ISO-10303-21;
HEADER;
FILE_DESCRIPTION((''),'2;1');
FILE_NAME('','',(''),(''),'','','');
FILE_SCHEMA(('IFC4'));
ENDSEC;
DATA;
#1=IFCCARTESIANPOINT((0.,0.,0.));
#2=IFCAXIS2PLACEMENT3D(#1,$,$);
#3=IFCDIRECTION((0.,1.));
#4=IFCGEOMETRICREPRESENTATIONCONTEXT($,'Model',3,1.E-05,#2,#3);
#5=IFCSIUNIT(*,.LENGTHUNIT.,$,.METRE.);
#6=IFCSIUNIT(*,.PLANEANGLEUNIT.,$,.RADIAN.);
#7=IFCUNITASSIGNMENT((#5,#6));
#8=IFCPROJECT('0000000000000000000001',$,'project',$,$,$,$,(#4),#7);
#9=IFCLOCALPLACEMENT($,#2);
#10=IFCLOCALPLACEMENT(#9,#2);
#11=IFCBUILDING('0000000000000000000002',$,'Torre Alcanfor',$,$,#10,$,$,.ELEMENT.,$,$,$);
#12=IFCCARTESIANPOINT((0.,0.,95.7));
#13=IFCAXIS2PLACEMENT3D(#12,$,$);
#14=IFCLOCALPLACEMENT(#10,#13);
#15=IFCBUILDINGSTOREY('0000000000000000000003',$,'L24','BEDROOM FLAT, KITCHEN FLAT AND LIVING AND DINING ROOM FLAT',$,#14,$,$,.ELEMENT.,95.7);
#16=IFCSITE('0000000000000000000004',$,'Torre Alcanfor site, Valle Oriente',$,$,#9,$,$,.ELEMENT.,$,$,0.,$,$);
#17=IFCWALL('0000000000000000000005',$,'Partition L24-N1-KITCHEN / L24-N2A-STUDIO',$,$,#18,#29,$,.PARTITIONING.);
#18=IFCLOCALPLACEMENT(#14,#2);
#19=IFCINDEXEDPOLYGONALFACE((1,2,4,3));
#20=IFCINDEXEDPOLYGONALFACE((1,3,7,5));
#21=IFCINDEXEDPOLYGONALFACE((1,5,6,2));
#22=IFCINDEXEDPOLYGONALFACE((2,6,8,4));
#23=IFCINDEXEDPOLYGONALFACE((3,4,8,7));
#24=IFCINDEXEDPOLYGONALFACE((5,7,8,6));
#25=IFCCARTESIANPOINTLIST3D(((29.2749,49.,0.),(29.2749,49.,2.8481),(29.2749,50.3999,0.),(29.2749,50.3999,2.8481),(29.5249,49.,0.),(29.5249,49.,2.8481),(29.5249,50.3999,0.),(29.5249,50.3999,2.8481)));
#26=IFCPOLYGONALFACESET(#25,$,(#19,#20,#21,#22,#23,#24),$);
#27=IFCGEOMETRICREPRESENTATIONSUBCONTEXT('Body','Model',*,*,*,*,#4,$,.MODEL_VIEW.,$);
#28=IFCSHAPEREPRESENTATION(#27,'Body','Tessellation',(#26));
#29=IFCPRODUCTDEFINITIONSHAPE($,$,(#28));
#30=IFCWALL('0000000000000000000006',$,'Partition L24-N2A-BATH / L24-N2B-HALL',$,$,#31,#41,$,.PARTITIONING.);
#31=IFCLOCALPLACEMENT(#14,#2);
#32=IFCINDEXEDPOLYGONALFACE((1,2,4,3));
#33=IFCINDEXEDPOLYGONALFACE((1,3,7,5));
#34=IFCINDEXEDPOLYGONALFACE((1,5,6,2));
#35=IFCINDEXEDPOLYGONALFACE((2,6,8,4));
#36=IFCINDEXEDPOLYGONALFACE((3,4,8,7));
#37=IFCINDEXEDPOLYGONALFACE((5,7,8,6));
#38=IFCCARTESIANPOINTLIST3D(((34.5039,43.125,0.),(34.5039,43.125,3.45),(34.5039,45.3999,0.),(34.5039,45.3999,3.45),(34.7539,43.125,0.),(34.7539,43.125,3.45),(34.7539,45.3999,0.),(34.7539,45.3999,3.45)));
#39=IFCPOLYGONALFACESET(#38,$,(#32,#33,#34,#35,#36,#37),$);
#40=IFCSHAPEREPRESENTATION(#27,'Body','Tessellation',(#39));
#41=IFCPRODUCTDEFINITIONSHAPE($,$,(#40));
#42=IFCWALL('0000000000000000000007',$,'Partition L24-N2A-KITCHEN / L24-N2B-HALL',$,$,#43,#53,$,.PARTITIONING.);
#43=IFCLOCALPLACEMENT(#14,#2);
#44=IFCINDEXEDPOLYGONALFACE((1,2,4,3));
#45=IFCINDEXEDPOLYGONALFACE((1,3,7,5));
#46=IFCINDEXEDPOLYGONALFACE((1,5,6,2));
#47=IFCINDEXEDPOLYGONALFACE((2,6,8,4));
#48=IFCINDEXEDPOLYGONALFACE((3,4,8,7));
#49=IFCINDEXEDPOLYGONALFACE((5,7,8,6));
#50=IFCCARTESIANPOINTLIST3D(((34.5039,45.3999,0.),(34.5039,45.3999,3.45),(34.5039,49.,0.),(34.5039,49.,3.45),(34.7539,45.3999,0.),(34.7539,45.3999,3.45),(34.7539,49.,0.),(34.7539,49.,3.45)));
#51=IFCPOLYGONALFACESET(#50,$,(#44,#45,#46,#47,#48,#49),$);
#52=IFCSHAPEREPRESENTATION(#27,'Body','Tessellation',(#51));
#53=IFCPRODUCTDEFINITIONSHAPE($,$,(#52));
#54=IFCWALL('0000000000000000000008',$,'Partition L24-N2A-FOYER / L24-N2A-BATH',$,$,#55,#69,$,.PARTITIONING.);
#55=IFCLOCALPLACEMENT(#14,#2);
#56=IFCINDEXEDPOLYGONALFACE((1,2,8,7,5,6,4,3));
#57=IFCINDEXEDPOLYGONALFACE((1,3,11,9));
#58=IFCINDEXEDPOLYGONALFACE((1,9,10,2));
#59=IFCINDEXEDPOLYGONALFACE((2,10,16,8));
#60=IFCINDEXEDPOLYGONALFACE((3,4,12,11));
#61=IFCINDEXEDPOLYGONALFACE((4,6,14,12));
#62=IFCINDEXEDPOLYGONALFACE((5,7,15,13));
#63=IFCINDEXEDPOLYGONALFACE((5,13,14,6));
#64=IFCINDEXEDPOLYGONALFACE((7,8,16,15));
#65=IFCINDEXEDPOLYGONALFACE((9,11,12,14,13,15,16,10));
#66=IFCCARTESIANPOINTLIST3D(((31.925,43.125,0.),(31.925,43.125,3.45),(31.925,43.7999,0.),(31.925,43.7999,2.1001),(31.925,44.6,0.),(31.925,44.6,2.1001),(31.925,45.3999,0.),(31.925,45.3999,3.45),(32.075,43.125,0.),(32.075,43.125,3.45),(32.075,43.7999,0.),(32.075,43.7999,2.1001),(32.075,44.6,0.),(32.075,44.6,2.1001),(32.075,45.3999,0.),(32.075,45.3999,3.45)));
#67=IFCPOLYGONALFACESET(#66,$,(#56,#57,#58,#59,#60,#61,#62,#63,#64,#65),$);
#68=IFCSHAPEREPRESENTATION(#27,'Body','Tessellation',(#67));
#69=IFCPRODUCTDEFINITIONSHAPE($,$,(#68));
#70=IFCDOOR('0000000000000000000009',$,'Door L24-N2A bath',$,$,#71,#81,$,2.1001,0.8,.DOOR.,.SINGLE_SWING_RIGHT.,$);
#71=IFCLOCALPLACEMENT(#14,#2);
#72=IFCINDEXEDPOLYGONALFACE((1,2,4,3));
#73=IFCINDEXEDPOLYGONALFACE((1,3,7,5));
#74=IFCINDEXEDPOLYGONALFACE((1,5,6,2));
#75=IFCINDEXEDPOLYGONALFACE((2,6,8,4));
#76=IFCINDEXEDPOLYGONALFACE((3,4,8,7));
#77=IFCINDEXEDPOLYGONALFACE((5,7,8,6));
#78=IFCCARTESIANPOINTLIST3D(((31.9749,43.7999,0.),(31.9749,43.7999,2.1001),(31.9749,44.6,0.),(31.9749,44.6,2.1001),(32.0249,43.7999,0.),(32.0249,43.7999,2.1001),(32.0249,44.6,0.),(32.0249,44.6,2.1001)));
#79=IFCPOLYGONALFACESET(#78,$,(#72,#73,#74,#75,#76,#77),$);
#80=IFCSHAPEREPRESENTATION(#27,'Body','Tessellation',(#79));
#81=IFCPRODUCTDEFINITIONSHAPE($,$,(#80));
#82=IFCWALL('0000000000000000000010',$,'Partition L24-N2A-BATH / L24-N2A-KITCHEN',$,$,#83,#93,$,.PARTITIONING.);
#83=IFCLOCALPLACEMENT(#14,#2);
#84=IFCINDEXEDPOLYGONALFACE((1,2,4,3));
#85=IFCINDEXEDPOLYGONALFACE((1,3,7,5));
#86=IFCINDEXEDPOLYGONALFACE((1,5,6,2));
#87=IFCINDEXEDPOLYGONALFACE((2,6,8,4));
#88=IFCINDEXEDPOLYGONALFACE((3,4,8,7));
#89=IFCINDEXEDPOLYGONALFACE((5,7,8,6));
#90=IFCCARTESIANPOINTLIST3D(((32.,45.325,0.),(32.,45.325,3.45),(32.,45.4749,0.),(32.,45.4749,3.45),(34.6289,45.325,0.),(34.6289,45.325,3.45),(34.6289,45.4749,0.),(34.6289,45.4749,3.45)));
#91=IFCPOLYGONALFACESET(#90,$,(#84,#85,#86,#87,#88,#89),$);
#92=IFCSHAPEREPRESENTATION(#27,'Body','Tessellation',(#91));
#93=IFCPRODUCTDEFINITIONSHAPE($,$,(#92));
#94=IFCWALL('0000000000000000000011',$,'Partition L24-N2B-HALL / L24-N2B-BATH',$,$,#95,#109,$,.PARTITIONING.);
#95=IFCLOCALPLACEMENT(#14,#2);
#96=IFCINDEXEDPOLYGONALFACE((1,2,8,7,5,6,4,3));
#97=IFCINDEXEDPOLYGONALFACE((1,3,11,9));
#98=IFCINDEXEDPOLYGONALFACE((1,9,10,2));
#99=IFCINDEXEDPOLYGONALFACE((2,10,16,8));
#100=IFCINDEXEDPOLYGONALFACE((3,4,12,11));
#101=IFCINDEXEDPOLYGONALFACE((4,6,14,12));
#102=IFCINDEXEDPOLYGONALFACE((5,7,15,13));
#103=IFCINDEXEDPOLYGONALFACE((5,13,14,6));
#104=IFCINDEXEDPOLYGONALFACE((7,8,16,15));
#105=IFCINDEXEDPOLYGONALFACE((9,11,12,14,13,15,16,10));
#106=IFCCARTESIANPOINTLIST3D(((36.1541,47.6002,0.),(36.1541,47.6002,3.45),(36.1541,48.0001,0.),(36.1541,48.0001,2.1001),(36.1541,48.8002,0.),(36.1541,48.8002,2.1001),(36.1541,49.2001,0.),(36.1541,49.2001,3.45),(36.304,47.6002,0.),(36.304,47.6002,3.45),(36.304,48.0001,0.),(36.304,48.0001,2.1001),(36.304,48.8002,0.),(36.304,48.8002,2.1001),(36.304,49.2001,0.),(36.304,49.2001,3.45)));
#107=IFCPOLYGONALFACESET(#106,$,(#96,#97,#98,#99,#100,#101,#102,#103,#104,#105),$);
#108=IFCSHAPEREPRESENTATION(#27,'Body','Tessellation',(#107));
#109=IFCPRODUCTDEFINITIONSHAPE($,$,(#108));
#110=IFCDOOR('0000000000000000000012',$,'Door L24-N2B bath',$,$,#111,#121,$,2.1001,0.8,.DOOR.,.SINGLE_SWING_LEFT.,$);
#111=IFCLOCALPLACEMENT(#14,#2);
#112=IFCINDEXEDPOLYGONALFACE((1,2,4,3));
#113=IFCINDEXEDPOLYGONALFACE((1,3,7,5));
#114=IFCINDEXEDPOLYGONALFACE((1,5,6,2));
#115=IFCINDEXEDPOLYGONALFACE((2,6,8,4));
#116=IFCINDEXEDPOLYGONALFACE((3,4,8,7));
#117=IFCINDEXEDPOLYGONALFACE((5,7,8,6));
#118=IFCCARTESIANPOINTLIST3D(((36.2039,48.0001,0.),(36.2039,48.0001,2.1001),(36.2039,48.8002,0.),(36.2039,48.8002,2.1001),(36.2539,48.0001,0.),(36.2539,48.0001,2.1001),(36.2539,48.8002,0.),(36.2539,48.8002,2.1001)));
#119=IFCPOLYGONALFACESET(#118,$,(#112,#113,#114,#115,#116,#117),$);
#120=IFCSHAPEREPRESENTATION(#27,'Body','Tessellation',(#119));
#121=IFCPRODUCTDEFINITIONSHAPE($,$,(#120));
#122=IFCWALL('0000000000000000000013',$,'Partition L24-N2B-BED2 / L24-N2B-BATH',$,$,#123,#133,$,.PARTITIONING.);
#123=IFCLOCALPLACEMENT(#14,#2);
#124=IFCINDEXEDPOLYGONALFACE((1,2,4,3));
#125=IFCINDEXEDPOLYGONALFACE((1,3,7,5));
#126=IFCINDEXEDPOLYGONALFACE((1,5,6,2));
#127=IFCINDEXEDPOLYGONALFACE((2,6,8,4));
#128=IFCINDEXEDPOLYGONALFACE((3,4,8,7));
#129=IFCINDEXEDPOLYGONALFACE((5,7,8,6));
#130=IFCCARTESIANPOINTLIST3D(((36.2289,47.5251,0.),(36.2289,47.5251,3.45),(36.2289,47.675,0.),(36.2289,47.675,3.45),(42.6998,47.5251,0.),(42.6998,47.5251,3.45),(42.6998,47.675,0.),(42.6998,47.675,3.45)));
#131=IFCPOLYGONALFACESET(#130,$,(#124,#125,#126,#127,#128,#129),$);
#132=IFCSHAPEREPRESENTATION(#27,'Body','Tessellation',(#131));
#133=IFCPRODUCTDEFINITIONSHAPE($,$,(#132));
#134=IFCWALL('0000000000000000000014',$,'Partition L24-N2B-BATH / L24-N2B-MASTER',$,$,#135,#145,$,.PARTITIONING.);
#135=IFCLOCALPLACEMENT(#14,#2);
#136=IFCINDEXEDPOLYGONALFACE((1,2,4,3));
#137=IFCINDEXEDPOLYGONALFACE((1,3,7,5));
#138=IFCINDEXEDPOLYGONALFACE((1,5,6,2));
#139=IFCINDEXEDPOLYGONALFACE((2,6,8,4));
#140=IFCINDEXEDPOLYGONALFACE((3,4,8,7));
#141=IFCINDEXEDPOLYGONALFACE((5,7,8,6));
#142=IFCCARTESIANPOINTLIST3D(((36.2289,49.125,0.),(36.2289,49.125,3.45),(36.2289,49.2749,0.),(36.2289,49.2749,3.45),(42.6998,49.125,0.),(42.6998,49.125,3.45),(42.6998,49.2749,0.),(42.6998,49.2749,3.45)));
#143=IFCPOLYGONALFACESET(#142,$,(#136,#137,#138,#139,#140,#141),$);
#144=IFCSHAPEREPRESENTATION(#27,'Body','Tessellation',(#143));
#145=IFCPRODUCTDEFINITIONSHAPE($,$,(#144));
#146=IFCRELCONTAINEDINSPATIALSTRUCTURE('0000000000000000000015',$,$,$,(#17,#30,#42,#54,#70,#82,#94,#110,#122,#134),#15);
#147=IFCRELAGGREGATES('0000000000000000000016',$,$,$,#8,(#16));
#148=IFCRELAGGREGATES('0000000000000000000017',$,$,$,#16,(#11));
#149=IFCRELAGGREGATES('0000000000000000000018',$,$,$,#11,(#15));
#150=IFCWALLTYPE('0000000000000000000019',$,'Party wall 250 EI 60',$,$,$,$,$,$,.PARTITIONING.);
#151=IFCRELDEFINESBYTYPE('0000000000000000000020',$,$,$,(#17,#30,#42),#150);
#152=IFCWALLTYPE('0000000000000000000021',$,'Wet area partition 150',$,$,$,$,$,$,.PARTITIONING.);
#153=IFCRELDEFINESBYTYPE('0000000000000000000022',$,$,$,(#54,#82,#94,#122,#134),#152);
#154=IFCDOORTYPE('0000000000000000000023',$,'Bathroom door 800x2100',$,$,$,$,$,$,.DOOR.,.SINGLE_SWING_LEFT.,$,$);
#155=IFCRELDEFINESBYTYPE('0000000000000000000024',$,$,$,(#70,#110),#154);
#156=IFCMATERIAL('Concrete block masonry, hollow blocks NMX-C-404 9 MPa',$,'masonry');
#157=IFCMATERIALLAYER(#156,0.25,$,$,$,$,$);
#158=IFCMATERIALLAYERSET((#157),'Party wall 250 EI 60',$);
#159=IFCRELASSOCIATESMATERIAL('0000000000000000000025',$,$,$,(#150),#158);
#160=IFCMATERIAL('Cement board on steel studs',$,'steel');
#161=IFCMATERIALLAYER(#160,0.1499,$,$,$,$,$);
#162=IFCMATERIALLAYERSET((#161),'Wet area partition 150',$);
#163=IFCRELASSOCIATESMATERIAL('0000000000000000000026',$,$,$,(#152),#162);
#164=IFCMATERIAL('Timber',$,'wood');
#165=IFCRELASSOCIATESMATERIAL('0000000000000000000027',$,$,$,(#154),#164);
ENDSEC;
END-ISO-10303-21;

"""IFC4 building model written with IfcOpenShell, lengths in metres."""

from ifc_helpers import new_model, si_unit, direction, frame, frame_2d, origin, place, context, subcontext, project, spatial, rectangle, extrude, material, layer, layer_set, type_object, element, fill, save


model = new_model("IFC4")

# Units and contexts
model_context = context("Model", 3, precision=1e-05, world=origin(), true_north=direction((0.0, 1.0)))
body_context = subcontext(model_context, "Body", "Model", "MODEL_VIEW")
ifc_project = project(units=[si_unit("LENGTHUNIT", "METRE"), si_unit("PLANEANGLEUNIT", "RADIAN")], contexts=[model_context])

# Site, building, storey
site_placement = place(None, origin())
site = spatial("IfcSite", under=ifc_project, at=site_placement, Name="Torre Alcanfor site, Valle Oriente", CompositionType="ELEMENT", RefElevation=0.0)
building_placement = place(site_placement, origin())
building = spatial("IfcBuilding", under=site, at=building_placement, Name="Torre Alcanfor", CompositionType="ELEMENT")
storey_placement = place(building_placement, frame((0.0, 0.0, 95.7)))
storey = spatial("IfcBuildingStorey", under=building, at=storey_placement, Name="L24", Description="BEDROOM FLAT, KITCHEN FLAT AND LIVING AND DINING ROOM FLAT", CompositionType="ELEMENT", Elevation=95.7)

# Walls
ifc_material_1 = material(Name="Concrete block masonry, hollow blocks NMX-C-404 9 MPa", Category="masonry")
ifc_layer_1 = layer(ifc_material_1, 0.25)
ifc_layer_set_1 = layer_set([ifc_layer_1], Name="Party wall 250 EI 60")
wall_type_1 = type_object("IfcWallType", Name="Party wall 250 EI 60", PredefinedType="PARTITIONING", material=ifc_layer_set_1)
wall_1_placement = place(storey_placement, frame((29.3999, 50.3999, 0.0), z_axis=(0.0, 0.0, 1.0), x_axis=(0.0, -1.0, 0.0)))
element("IfcWall", 1, at=wall_1_placement, inside=storey, type_object=wall_type_1, Name="Partition L24-N1-KITCHEN / L24-N2A-STUDIO", PredefinedType="PARTITIONING", context=body_context, shape_type="SweptSolid", body=[
    extrude(rectangle(XDim=1.3999, YDim=0.25, at=frame_2d((0.7, 0.0))), origin(), (0.0, 0.0, 1.0), 2.8481),
])
wall_2_placement = place(storey_placement, frame((34.6289, 45.3999, 0.0), z_axis=(0.0, 0.0, 1.0), x_axis=(0.0, -1.0, 0.0)))
element("IfcWall", 2, at=wall_2_placement, inside=storey, type_object=wall_type_1, Name="Partition L24-N2A-BATH / L24-N2B-HALL", PredefinedType="PARTITIONING", context=body_context, shape_type="SweptSolid", body=[
    extrude(rectangle(XDim=2.2749, YDim=0.25, at=frame_2d((1.1375, 0.0))), origin(), (0.0, 0.0, 1.0), 3.45),
])
wall_3_placement = place(storey_placement, frame((34.6289, 49.0, 0.0), z_axis=(0.0, 0.0, 1.0), x_axis=(0.0, -1.0, 0.0)))
element("IfcWall", 3, at=wall_3_placement, inside=storey, type_object=wall_type_1, Name="Partition L24-N2A-KITCHEN / L24-N2B-HALL", PredefinedType="PARTITIONING", context=body_context, shape_type="SweptSolid", body=[
    extrude(rectangle(XDim=3.6001, YDim=0.25, at=frame_2d((1.8, 0.0))), origin(), (0.0, 0.0, 1.0), 3.45),
])

# Wall, opening, door
ifc_material_2 = material(Name="Cement board on steel studs", Category="steel")
ifc_layer_2 = layer(ifc_material_2, 0.1499)
ifc_layer_set_2 = layer_set([ifc_layer_2], Name="Wet area partition 150")
wall_type_2 = type_object("IfcWallType", Name="Wet area partition 150", PredefinedType="PARTITIONING", material=ifc_layer_set_2)
wall_4_placement = place(storey_placement, frame((32.0, 45.3999, 0.0), z_axis=(0.0, 0.0, 1.0), x_axis=(0.0, -1.0, 0.0)))
wall_4 = element("IfcWall", 4, at=wall_4_placement, inside=storey, type_object=wall_type_2, Name="Partition L24-N2A-FOYER / L24-N2A-BATH", PredefinedType="PARTITIONING", context=body_context, shape_type="SweptSolid", body=[
    extrude(rectangle(XDim=2.2749, YDim=0.1499, at=frame_2d((1.1375, 0.0))), origin(), (0.0, 0.0, 1.0), 3.45),
])
opening_1_placement = place(wall_4_placement, frame((0.8, 0.0, 0.0)))
opening_1 = element("IfcOpeningElement", 5, at=opening_1_placement, cuts=wall_4, PredefinedType="OPENING", context=body_context, shape_type="SweptSolid", body=[
    extrude(rectangle(XDim=0.8, YDim=2.1001, at=frame_2d((0.3999, 1.05))), frame((0.0, 0.085, 0.0), z_axis=(0.0, -1.0, 0.0), x_axis=(1.0, 0.0, 0.0)), (0.0, 0.0, 1.0), 0.1699),
])
ifc_material_3 = material(Name="Timber", Category="wood")
door_type_1 = type_object("IfcDoorType", Name="Bathroom door 800x2100", OperationType="SINGLE_SWING_LEFT", PredefinedType="DOOR", material=ifc_material_3)
door_1_placement = place(opening_1_placement, origin())
door_1 = element("IfcDoor", 6, at=door_1_placement, inside=storey, type_object=door_type_1, Name="Door L24-N2A bath", OperationType="SINGLE_SWING_RIGHT", OverallHeight=2.1001, OverallWidth=0.8, PredefinedType="DOOR", context=body_context, shape_type="SweptSolid", body=[
    extrude(rectangle(XDim=0.8, YDim=2.1001, at=frame_2d((0.3999, 1.05))), frame((0.0, 0.0249, 0.0), z_axis=(0.0, -1.0, 0.0), x_axis=(1.0, 0.0, 0.0)), (0.0, 0.0, 1.0), 0.05),
])
fill(opening_1, door_1)

# Wall
wall_5_placement = place(storey_placement, frame((32.0, 45.3999, 0.0), z_axis=(0.0, 0.0, 1.0), x_axis=(1.0, 0.0, 0.0)))
element("IfcWall", 7, at=wall_5_placement, inside=storey, type_object=wall_type_2, Name="Partition L24-N2A-BATH / L24-N2A-KITCHEN", PredefinedType="PARTITIONING", context=body_context, shape_type="SweptSolid", body=[
    extrude(rectangle(XDim=2.6289, YDim=0.1499, at=frame_2d((1.3145, 0.0))), origin(), (0.0, 0.0, 1.0), 3.45),
])

# Wall, opening, door
wall_6_placement = place(storey_placement, frame((36.229, 49.2, 0.0), z_axis=(0.0, 0.0, 1.0), x_axis=(0.0, -1.0, 0.0)))
wall_6 = element("IfcWall", 8, at=wall_6_placement, inside=storey, type_object=wall_type_2, Name="Partition L24-N2B-HALL / L24-N2B-BATH", PredefinedType="PARTITIONING", context=body_context, shape_type="SweptSolid", body=[
    extrude(rectangle(XDim=1.5999, YDim=0.1499, at=frame_2d((0.7998, 0.0))), origin(), (0.0, 0.0, 1.0), 3.45),
])
opening_2_placement = place(wall_6_placement, frame((0.3999, 0.0, 0.0)))
opening_2 = element("IfcOpeningElement", 9, at=opening_2_placement, cuts=wall_6, PredefinedType="OPENING", context=body_context, shape_type="SweptSolid", body=[
    extrude(rectangle(XDim=0.8, YDim=2.1001, at=frame_2d((0.3999, 1.05))), frame((0.0, 0.085, 0.0), z_axis=(0.0, -1.0, 0.0), x_axis=(1.0, 0.0, 0.0)), (0.0, 0.0, 1.0), 0.1699),
])
door_2_placement = place(opening_2_placement, origin())
door_2 = element("IfcDoor", 10, at=door_2_placement, inside=storey, type_object=door_type_1, Name="Door L24-N2B bath", OperationType="SINGLE_SWING_LEFT", OverallHeight=2.1001, OverallWidth=0.8, PredefinedType="DOOR", context=body_context, shape_type="SweptSolid", body=[
    extrude(rectangle(XDim=0.8, YDim=2.1001, at=frame_2d((0.3999, 1.05))), frame((0.0, 0.0249, 0.0), z_axis=(0.0, -1.0, 0.0), x_axis=(1.0, 0.0, 0.0)), (0.0, 0.0, 1.0), 0.05),
])
fill(opening_2, door_2)

# Walls
for number, where, z_axis, x_axis, name in (
    (11, (36.229, 47.6001, 0.0), (0.0, 0.0, 1.0), (1.0, 0.0, 0.0), "Partition L24-N2B-BED2 / L24-N2B-BATH"),
    (12, (36.229, 49.2, 0.0), (0.0, 0.0, 1.0), (1.0, 0.0, 0.0), "Partition L24-N2B-BATH / L24-N2B-MASTER"),
):
    element("IfcWall", number, at=place(storey_placement, frame(where, z_axis=z_axis, x_axis=x_axis)), inside=storey, type_object=wall_type_2, Name=name, PredefinedType="PARTITIONING", context=body_context, shape_type="SweptSolid", body=[
        extrude(rectangle(XDim=6.4709, YDim=0.1499, at=frame_2d((3.2354, 0.0))), origin(), (0.0, 0.0, 1.0), 3.45),
    ])

save(model, "model.ifc")
